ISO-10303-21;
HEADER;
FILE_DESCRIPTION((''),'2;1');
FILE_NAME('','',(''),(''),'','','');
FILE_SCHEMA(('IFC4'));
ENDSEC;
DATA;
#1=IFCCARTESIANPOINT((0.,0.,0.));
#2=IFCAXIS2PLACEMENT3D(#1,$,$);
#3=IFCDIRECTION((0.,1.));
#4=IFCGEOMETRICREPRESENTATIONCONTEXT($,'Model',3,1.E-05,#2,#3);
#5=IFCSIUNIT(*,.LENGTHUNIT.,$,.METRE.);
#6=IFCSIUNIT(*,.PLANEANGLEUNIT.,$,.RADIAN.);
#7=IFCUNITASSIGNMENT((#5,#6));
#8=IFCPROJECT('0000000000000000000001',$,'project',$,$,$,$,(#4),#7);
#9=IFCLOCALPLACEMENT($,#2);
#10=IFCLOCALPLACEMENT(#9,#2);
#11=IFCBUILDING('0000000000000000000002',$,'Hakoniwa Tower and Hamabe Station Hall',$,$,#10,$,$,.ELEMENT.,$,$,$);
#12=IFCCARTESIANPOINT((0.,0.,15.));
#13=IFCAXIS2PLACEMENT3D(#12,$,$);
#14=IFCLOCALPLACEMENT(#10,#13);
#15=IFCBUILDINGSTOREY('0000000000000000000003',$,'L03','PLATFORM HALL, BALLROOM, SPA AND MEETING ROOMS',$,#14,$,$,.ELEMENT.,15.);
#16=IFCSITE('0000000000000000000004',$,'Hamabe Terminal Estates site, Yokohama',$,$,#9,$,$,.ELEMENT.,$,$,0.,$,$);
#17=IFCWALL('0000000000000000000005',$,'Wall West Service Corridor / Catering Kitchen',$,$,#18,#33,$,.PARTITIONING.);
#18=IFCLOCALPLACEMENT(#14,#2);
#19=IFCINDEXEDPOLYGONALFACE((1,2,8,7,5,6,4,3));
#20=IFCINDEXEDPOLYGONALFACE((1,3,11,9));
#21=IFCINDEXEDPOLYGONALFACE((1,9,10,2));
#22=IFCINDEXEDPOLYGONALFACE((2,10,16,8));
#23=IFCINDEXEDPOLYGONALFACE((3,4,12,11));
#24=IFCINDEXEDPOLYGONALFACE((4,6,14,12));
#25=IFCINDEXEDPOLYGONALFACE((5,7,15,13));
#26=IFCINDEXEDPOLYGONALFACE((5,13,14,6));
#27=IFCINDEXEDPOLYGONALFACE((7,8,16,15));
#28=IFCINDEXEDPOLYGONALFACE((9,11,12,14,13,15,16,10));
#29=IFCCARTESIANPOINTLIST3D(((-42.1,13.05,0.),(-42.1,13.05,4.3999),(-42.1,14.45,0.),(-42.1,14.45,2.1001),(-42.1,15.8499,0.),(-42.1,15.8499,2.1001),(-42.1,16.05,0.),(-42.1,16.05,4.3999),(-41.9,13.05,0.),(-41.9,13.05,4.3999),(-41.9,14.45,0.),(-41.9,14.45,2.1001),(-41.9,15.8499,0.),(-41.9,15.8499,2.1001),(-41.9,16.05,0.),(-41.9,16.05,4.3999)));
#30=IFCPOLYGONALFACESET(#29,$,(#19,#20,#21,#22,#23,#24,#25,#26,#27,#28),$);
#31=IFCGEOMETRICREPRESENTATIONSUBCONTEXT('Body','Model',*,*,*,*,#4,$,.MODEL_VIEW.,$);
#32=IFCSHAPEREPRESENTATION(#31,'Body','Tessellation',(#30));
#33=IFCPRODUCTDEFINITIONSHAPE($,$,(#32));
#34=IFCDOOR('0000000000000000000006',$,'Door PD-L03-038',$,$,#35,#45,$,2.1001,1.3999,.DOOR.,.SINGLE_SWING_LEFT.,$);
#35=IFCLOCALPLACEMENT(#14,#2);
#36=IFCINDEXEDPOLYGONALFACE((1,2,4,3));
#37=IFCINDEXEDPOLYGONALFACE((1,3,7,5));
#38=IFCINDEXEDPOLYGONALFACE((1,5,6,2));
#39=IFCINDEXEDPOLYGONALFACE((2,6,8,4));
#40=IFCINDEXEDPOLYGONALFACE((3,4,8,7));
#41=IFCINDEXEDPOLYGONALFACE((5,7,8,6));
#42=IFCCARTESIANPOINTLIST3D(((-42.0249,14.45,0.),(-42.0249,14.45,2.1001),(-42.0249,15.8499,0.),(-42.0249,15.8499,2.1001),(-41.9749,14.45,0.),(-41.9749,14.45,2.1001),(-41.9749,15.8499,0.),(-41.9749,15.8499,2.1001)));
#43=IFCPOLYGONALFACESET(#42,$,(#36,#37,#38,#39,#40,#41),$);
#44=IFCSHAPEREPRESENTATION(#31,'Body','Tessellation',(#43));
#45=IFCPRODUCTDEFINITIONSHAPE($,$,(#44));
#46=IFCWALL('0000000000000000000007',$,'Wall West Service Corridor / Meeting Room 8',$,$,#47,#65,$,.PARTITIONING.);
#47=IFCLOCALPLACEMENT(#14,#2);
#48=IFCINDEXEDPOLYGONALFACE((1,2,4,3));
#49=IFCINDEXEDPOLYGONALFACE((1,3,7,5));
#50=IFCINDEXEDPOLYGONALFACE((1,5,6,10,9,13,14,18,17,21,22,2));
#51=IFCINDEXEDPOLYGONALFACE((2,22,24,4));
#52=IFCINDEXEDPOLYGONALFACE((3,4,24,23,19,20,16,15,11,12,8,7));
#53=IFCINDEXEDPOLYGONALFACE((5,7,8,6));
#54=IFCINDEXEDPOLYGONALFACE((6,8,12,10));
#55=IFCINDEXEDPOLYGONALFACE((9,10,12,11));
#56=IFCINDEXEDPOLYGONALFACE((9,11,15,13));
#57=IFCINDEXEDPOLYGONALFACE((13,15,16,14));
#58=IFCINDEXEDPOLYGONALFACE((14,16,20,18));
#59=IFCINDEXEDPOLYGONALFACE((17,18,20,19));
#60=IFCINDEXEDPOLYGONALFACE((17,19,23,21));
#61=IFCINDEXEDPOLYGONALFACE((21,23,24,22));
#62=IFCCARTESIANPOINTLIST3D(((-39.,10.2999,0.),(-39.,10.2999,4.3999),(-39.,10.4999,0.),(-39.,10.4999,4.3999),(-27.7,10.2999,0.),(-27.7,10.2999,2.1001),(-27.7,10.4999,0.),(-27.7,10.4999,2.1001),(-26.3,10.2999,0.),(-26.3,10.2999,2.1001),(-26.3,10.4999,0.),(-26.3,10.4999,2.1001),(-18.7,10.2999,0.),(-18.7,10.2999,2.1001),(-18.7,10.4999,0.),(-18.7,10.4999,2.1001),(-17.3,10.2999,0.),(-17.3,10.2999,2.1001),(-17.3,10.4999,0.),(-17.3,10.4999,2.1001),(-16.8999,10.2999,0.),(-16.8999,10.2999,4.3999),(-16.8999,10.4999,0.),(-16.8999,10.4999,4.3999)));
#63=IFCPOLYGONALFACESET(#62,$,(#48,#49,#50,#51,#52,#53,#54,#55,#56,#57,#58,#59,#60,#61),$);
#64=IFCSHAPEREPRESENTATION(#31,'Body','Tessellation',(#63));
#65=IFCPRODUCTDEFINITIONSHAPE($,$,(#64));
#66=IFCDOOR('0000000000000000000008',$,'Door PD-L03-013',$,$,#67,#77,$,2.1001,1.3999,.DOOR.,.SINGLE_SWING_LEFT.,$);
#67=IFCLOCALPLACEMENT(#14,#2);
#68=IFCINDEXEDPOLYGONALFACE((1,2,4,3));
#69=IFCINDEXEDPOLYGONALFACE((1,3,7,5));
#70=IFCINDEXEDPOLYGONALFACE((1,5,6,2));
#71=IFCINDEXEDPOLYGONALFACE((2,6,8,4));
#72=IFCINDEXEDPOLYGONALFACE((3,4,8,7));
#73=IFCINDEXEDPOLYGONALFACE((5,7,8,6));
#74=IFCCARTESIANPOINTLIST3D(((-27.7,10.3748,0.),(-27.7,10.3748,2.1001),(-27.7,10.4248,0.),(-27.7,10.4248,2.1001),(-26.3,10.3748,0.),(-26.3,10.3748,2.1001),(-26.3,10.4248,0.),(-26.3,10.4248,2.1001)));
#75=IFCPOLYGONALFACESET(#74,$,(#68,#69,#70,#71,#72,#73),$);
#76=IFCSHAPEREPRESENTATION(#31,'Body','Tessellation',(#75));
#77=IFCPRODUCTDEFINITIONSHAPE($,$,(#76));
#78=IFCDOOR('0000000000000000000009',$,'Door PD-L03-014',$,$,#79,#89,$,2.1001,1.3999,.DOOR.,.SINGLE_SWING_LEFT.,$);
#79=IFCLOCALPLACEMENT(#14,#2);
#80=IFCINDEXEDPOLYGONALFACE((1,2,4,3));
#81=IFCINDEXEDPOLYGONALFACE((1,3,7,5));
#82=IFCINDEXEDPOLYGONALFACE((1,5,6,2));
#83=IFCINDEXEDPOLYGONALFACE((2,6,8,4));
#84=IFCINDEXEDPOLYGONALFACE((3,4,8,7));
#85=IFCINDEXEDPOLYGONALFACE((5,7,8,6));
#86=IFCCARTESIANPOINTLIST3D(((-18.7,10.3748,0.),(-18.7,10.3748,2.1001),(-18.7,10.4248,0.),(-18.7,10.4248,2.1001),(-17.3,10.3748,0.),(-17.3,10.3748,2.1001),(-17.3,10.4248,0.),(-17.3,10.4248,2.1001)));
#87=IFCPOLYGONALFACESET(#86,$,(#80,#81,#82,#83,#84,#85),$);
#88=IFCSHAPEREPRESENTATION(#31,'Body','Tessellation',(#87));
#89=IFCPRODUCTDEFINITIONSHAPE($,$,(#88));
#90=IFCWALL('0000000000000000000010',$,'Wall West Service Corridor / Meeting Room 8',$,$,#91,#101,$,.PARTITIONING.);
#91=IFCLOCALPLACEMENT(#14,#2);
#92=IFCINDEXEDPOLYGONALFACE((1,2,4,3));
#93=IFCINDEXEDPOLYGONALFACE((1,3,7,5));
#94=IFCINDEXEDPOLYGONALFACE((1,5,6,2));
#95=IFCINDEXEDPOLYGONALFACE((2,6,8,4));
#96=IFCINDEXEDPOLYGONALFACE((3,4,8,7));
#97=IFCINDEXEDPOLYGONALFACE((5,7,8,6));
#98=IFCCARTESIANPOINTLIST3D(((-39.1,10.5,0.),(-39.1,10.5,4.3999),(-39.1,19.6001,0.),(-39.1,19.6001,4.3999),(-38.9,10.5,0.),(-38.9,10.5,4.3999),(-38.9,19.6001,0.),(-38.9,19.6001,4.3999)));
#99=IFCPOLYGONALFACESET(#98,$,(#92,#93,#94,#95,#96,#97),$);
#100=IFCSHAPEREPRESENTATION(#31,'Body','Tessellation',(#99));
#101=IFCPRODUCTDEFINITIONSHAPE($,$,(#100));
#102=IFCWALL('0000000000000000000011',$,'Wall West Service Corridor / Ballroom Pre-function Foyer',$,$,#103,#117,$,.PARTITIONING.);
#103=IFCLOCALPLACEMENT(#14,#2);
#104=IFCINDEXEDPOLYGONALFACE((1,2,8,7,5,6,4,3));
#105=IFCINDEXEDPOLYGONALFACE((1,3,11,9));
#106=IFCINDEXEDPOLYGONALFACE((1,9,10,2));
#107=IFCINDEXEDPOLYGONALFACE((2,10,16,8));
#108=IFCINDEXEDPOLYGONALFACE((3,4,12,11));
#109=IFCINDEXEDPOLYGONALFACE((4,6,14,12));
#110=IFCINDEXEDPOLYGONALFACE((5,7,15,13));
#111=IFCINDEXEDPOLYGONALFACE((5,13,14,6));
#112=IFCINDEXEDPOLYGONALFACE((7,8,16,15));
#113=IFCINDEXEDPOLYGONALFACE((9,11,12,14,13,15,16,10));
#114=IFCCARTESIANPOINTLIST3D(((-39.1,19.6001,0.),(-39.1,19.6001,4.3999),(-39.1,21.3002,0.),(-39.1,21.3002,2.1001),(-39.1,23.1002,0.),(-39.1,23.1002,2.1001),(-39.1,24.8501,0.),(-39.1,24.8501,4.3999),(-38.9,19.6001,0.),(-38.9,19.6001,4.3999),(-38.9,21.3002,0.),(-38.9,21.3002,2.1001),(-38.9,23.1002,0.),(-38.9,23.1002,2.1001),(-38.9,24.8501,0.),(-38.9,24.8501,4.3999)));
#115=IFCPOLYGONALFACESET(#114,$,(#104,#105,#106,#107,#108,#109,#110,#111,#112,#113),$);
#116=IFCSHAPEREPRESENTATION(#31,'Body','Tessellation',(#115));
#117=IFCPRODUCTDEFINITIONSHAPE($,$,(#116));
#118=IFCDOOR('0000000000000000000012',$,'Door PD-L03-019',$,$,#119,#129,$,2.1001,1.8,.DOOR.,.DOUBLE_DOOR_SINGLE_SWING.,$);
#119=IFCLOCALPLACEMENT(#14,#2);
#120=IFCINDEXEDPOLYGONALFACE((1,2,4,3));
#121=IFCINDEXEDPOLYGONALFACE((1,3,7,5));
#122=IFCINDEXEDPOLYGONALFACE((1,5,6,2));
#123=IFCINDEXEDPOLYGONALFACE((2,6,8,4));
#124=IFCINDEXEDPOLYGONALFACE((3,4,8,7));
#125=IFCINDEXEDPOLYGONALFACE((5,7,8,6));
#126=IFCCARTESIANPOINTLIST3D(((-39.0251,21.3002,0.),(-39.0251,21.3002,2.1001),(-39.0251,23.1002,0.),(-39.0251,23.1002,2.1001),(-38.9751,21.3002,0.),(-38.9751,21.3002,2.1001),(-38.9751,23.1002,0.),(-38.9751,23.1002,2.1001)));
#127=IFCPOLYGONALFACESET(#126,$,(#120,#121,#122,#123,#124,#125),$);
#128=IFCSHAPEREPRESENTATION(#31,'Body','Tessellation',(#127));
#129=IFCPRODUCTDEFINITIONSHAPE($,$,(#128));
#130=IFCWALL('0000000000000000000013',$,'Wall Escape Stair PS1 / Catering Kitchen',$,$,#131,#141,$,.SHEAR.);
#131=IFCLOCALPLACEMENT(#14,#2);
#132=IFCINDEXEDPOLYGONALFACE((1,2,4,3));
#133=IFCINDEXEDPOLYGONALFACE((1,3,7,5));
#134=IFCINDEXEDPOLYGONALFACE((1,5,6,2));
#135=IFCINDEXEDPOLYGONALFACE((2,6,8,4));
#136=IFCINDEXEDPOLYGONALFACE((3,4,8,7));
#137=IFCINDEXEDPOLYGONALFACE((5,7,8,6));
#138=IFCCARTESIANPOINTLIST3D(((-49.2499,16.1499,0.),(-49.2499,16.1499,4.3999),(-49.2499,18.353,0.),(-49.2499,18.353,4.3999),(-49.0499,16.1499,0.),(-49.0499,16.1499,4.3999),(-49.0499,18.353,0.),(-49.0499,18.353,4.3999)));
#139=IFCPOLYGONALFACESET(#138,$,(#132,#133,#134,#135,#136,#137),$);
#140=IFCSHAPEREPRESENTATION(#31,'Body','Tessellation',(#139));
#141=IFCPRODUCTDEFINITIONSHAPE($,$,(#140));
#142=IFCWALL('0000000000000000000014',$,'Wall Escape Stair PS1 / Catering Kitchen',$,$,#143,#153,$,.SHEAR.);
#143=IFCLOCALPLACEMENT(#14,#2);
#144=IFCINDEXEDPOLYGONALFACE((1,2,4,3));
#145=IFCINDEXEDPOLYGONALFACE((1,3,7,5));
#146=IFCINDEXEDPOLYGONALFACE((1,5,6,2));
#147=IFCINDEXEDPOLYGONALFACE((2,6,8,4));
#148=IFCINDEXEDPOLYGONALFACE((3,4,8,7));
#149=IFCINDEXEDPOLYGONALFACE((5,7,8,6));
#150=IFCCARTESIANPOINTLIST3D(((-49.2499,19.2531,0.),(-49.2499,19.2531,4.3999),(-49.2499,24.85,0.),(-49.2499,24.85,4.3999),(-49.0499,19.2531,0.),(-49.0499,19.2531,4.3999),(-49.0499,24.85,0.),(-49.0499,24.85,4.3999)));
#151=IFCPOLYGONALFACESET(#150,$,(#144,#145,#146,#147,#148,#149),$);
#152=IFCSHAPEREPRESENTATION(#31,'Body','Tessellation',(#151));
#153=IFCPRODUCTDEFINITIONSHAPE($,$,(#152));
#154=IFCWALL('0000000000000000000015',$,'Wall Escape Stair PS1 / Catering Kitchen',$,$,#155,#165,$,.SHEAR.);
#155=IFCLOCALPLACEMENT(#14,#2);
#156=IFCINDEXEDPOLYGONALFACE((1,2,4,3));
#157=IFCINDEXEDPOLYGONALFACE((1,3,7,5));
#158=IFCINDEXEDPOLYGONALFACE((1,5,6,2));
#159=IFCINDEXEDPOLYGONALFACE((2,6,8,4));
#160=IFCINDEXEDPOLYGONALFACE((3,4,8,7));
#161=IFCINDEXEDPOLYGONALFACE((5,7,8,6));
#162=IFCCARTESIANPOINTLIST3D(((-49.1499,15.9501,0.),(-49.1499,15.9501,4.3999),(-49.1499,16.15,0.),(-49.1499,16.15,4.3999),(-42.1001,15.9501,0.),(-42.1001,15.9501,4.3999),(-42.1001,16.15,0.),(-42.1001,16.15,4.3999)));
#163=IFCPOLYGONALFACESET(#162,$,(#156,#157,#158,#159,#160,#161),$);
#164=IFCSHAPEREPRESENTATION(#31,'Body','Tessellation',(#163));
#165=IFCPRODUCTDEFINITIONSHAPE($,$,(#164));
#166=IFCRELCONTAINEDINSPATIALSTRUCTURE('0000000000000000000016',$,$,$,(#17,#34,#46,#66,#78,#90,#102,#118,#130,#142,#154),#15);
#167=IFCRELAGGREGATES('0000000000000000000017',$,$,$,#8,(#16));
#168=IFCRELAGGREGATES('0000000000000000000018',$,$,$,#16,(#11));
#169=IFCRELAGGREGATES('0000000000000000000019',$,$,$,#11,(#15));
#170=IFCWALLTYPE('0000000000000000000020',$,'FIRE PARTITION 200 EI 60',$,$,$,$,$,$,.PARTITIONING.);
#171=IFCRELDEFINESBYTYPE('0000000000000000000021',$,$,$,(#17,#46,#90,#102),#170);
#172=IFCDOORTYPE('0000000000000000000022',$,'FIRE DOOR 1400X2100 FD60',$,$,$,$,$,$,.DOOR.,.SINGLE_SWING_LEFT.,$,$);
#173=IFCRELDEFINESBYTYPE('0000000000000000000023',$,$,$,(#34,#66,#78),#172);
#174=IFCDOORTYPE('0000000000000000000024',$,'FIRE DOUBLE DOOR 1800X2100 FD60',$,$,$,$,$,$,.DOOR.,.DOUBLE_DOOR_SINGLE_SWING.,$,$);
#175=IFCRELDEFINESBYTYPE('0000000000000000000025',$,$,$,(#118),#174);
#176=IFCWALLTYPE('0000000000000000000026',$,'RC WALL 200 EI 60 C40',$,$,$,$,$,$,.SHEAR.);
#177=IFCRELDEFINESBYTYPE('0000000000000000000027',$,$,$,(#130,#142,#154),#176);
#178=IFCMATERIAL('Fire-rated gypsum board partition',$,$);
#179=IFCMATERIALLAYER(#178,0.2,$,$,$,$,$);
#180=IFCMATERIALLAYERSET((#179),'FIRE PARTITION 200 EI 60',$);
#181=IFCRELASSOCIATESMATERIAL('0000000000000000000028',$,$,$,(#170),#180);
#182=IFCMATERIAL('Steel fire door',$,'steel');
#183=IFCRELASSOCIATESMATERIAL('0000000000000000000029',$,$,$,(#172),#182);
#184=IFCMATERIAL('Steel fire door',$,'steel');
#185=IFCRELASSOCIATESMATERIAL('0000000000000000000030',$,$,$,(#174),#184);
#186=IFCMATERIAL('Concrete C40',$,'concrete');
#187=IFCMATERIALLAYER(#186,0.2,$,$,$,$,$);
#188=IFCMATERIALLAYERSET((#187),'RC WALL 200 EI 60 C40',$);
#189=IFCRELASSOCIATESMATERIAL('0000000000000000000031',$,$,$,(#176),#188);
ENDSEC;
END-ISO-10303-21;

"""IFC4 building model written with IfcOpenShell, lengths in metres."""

from ifc_helpers import new_model, si_unit, direction, frame, frame_2d, origin, place, context, subcontext, project, spatial, rectangle, extrude, material, layer, layer_set, type_object, element, fill, save


model = new_model("IFC4")

# Units and contexts
model_context = context("Model", 3, precision=1e-05, world=origin(), true_north=direction((0.0, 1.0)))
body_context = subcontext(model_context, "Body", "Model", "MODEL_VIEW")
ifc_project = project(units=[si_unit("LENGTHUNIT", "METRE"), si_unit("PLANEANGLEUNIT", "RADIAN")], contexts=[model_context])

# Site, building, storey
site_placement = place(None, origin())
site = spatial("IfcSite", under=ifc_project, at=site_placement, Name="Hamabe Terminal Estates site, Yokohama", CompositionType="ELEMENT", RefElevation=0.0)
building_placement = place(site_placement, origin())
building = spatial("IfcBuilding", under=site, at=building_placement, Name="Hakoniwa Tower and Hamabe Station Hall", CompositionType="ELEMENT")
storey_placement = place(building_placement, frame((0.0, 0.0, 15.0)))
storey = spatial("IfcBuildingStorey", under=building, at=storey_placement, Name="L03", Description="PLATFORM HALL, BALLROOM, SPA AND MEETING ROOMS", CompositionType="ELEMENT", Elevation=15.0)

# Shared definitions
ifc_material_1 = material(Name="Fire-rated gypsum board partition")
ifc_layer_1 = layer(ifc_material_1, 0.2)
ifc_layer_set_1 = layer_set([ifc_layer_1], Name="FIRE PARTITION 200 EI 60")
wall_type_1 = type_object("IfcWallType", Name="FIRE PARTITION 200 EI 60", PredefinedType="PARTITIONING", material=ifc_layer_set_1)

# Shared definitions
ifc_material_2 = material(Name="Steel fire door", Category="steel")
door_type_1 = type_object("IfcDoorType", Name="FIRE DOOR 1400X2100 FD60", OperationType="SINGLE_SWING_LEFT", PredefinedType="DOOR", material=ifc_material_2)

# Wall, opening, door
wall_1_placement = place(storey_placement, frame((-42.0, 13.05, 0.0), z_axis=(0.0, 0.0, 1.0), x_axis=(0.0, 1.0, 0.0)))
wall_1 = element("IfcWall", 1, at=wall_1_placement, inside=storey, type_object=wall_type_1, Name="Wall West Service Corridor / Catering Kitchen", PredefinedType="PARTITIONING", context=body_context, shape_type="SweptSolid", body=[
    extrude(rectangle(XDim=3.0, YDim=0.2, at=frame_2d((1.5, 0.0))), origin(), (0.0, 0.0, 1.0), 4.3999),
])
opening_1_placement = place(wall_1_placement, frame((1.3999, 0.0, 0.0)))
opening_1 = element("IfcOpeningElement", 2, at=opening_1_placement, cuts=wall_1, PredefinedType="OPENING", context=body_context, shape_type="SweptSolid", body=[
    extrude(rectangle(XDim=1.3999, YDim=2.1001, at=frame_2d((0.7, 1.05))), frame((0.0, 0.1099, 0.0), z_axis=(0.0, -1.0, 0.0), x_axis=(1.0, 0.0, 0.0)), (0.0, 0.0, 1.0), 0.22),
])
door_1_placement = place(opening_1_placement, origin())
door_1 = element("IfcDoor", 3, at=door_1_placement, inside=storey, type_object=door_type_1, Name="Door PD-L03-038", OperationType="SINGLE_SWING_LEFT", OverallHeight=2.1001, OverallWidth=1.3999, PredefinedType="DOOR", context=body_context, shape_type="SweptSolid", body=[
    extrude(rectangle(XDim=1.3999, YDim=2.1001, at=frame_2d((0.7, 1.05))), frame((0.0, 0.0249, 0.0), z_axis=(0.0, -1.0, 0.0), x_axis=(1.0, 0.0, 0.0)), (0.0, 0.0, 1.0), 0.05),
])
fill(opening_1, door_1)

# Wall, openings, doors
wall_2_placement = place(storey_placement, frame((-39.0, 10.3999, 0.0), z_axis=(0.0, 0.0, 1.0), x_axis=(1.0, 0.0, 0.0)))
wall_2 = element("IfcWall", 4, at=wall_2_placement, inside=storey, type_object=wall_type_1, Name="Wall West Service Corridor / Meeting Room 8", PredefinedType="PARTITIONING", context=body_context, shape_type="SweptSolid", body=[
    extrude(rectangle(XDim=22.1001, YDim=0.2, at=frame_2d((11.05, 0.0))), origin(), (0.0, 0.0, 1.0), 4.3999),
])
opening_2_placement = place(wall_2_placement, frame((11.3, 0.0, 0.0)))
opening_2 = element("IfcOpeningElement", 5, at=opening_2_placement, cuts=wall_2, PredefinedType="OPENING", context=body_context, shape_type="SweptSolid", body=[
    extrude(rectangle(XDim=1.3999, YDim=2.1001, at=frame_2d((0.7, 1.05))), frame((0.0, 0.1099, 0.0), z_axis=(0.0, -1.0, 0.0), x_axis=(1.0, 0.0, 0.0)), (0.0, 0.0, 1.0), 0.22),
])
opening_3_placement = place(wall_2_placement, frame((20.3, 0.0, 0.0)))
opening_3 = element("IfcOpeningElement", 6, at=opening_3_placement, cuts=wall_2, PredefinedType="OPENING", context=body_context, shape_type="SweptSolid", body=[
    extrude(rectangle(XDim=1.3999, YDim=2.1001, at=frame_2d((0.7, 1.05))), frame((0.0, 0.1099, 0.0), z_axis=(0.0, -1.0, 0.0), x_axis=(1.0, 0.0, 0.0)), (0.0, 0.0, 1.0), 0.22),
])
door_2_placement = place(opening_2_placement, origin())
door_2 = element("IfcDoor", 7, at=door_2_placement, inside=storey, type_object=door_type_1, Name="Door PD-L03-013", OperationType="SINGLE_SWING_LEFT", OverallHeight=2.1001, OverallWidth=1.3999, PredefinedType="DOOR", context=body_context, shape_type="SweptSolid", body=[
    extrude(rectangle(XDim=1.3999, YDim=2.1001, at=frame_2d((0.7, 1.05))), frame((0.0, 0.0249, 0.0), z_axis=(0.0, -1.0, 0.0), x_axis=(1.0, 0.0, 0.0)), (0.0, 0.0, 1.0), 0.05),
])
fill(opening_2, door_2)
door_3_placement = place(opening_3_placement, origin())
door_3 = element("IfcDoor", 8, at=door_3_placement, inside=storey, type_object=door_type_1, Name="Door PD-L03-014", OperationType="SINGLE_SWING_LEFT", OverallHeight=2.1001, OverallWidth=1.3999, PredefinedType="DOOR", context=body_context, shape_type="SweptSolid", body=[
    extrude(rectangle(XDim=1.3999, YDim=2.1001, at=frame_2d((0.7, 1.05))), frame((0.0, 0.0249, 0.0), z_axis=(0.0, -1.0, 0.0), x_axis=(1.0, 0.0, 0.0)), (0.0, 0.0, 1.0), 0.05),
])
fill(opening_3, door_3)

# Wall
wall_3_placement = place(storey_placement, frame((-39.0, 19.6001, 0.0), z_axis=(0.0, 0.0, 1.0), x_axis=(0.0, -1.0, 0.0)))
element("IfcWall", 9, at=wall_3_placement, inside=storey, type_object=wall_type_1, Name="Wall West Service Corridor / Meeting Room 8", PredefinedType="PARTITIONING", context=body_context, shape_type="SweptSolid", body=[
    extrude(rectangle(XDim=9.1001, YDim=0.2, at=frame_2d((4.55, 0.0))), origin(), (0.0, 0.0, 1.0), 4.3999),
])

# Wall, opening, door
wall_4_placement = place(storey_placement, frame((-39.0, 24.8501, 0.0), z_axis=(0.0, 0.0, 1.0), x_axis=(0.0, -1.0, 0.0)))
wall_4 = element("IfcWall", 10, at=wall_4_placement, inside=storey, type_object=wall_type_1, Name="Wall West Service Corridor / Ballroom Pre-function Foyer", PredefinedType="PARTITIONING", context=body_context, shape_type="SweptSolid", body=[
    extrude(rectangle(XDim=5.25, YDim=0.2, at=frame_2d((2.625, 0.0))), origin(), (0.0, 0.0, 1.0), 4.3999),
])
opening_4_placement = place(wall_4_placement, frame((1.75, 0.0, 0.0)))
opening_4 = element("IfcOpeningElement", 11, at=opening_4_placement, cuts=wall_4, PredefinedType="OPENING", context=body_context, shape_type="SweptSolid", body=[
    extrude(rectangle(XDim=1.8, YDim=2.1001, at=frame_2d((0.8999, 1.05))), frame((0.0, 0.1099, 0.0), z_axis=(0.0, -1.0, 0.0), x_axis=(1.0, 0.0, 0.0)), (0.0, 0.0, 1.0), 0.22),
])
ifc_material_3 = material(Name="Steel fire door", Category="steel")
door_type_2 = type_object("IfcDoorType", Name="FIRE DOUBLE DOOR 1800X2100 FD60", OperationType="DOUBLE_DOOR_SINGLE_SWING", PredefinedType="DOOR", material=ifc_material_3)
door_4_placement = place(opening_4_placement, origin())
door_4 = element("IfcDoor", 12, at=door_4_placement, inside=storey, type_object=door_type_2, Name="Door PD-L03-019", OperationType="DOUBLE_DOOR_SINGLE_SWING", OverallHeight=2.1001, OverallWidth=1.8, PredefinedType="DOOR", context=body_context, shape_type="SweptSolid", body=[
    extrude(rectangle(XDim=1.8, YDim=2.1001, at=frame_2d((0.8999, 1.05))), frame((0.0, 0.0249, 0.0), z_axis=(0.0, -1.0, 0.0), x_axis=(1.0, 0.0, 0.0)), (0.0, 0.0, 1.0), 0.05),
])
fill(opening_4, door_4)

# Walls
ifc_material_4 = material(Name="Concrete C40", Category="concrete")
ifc_layer_2 = layer(ifc_material_4, 0.2)
ifc_layer_set_2 = layer_set([ifc_layer_2], Name="RC WALL 200 EI 60 C40")
wall_type_2 = type_object("IfcWallType", Name="RC WALL 200 EI 60 C40", PredefinedType="SHEAR", material=ifc_layer_set_2)
wall_5_placement = place(storey_placement, frame((-49.1499, 16.1499, 0.0), z_axis=(0.0, 0.0, 1.0), x_axis=(0.0, 1.0, 0.0)))
element("IfcWall", 13, at=wall_5_placement, inside=storey, type_object=wall_type_2, Name="Wall Escape Stair PS1 / Catering Kitchen", PredefinedType="SHEAR", context=body_context, shape_type="SweptSolid", body=[
    extrude(rectangle(XDim=2.2031, YDim=0.2, at=frame_2d((1.1016, 0.0))), origin(), (0.0, 0.0, 1.0), 4.3999),
])
wall_6_placement = place(storey_placement, frame((-49.1499, 19.2532, 0.0), z_axis=(0.0, 0.0, 1.0), x_axis=(0.0, 1.0, 0.0)))
element("IfcWall", 14, at=wall_6_placement, inside=storey, type_object=wall_type_2, Name="Wall Escape Stair PS1 / Catering Kitchen", PredefinedType="SHEAR", context=body_context, shape_type="SweptSolid", body=[
    extrude(rectangle(XDim=5.5969, YDim=0.2, at=frame_2d((2.7983, 0.0))), origin(), (0.0, 0.0, 1.0), 4.3999),
])
wall_7_placement = place(storey_placement, frame((-42.1001, 16.05, 0.0), z_axis=(0.0, 0.0, 1.0), x_axis=(-1.0, 0.0, 0.0)))
element("IfcWall", 15, at=wall_7_placement, inside=storey, type_object=wall_type_2, Name="Wall Escape Stair PS1 / Catering Kitchen", PredefinedType="SHEAR", context=body_context, shape_type="SweptSolid", body=[
    extrude(rectangle(XDim=7.0498, YDim=0.2, at=frame_2d((3.5249, 0.0))), origin(), (0.0, 0.0, 1.0), 4.3999),
])

save(model, "model.ifc")
